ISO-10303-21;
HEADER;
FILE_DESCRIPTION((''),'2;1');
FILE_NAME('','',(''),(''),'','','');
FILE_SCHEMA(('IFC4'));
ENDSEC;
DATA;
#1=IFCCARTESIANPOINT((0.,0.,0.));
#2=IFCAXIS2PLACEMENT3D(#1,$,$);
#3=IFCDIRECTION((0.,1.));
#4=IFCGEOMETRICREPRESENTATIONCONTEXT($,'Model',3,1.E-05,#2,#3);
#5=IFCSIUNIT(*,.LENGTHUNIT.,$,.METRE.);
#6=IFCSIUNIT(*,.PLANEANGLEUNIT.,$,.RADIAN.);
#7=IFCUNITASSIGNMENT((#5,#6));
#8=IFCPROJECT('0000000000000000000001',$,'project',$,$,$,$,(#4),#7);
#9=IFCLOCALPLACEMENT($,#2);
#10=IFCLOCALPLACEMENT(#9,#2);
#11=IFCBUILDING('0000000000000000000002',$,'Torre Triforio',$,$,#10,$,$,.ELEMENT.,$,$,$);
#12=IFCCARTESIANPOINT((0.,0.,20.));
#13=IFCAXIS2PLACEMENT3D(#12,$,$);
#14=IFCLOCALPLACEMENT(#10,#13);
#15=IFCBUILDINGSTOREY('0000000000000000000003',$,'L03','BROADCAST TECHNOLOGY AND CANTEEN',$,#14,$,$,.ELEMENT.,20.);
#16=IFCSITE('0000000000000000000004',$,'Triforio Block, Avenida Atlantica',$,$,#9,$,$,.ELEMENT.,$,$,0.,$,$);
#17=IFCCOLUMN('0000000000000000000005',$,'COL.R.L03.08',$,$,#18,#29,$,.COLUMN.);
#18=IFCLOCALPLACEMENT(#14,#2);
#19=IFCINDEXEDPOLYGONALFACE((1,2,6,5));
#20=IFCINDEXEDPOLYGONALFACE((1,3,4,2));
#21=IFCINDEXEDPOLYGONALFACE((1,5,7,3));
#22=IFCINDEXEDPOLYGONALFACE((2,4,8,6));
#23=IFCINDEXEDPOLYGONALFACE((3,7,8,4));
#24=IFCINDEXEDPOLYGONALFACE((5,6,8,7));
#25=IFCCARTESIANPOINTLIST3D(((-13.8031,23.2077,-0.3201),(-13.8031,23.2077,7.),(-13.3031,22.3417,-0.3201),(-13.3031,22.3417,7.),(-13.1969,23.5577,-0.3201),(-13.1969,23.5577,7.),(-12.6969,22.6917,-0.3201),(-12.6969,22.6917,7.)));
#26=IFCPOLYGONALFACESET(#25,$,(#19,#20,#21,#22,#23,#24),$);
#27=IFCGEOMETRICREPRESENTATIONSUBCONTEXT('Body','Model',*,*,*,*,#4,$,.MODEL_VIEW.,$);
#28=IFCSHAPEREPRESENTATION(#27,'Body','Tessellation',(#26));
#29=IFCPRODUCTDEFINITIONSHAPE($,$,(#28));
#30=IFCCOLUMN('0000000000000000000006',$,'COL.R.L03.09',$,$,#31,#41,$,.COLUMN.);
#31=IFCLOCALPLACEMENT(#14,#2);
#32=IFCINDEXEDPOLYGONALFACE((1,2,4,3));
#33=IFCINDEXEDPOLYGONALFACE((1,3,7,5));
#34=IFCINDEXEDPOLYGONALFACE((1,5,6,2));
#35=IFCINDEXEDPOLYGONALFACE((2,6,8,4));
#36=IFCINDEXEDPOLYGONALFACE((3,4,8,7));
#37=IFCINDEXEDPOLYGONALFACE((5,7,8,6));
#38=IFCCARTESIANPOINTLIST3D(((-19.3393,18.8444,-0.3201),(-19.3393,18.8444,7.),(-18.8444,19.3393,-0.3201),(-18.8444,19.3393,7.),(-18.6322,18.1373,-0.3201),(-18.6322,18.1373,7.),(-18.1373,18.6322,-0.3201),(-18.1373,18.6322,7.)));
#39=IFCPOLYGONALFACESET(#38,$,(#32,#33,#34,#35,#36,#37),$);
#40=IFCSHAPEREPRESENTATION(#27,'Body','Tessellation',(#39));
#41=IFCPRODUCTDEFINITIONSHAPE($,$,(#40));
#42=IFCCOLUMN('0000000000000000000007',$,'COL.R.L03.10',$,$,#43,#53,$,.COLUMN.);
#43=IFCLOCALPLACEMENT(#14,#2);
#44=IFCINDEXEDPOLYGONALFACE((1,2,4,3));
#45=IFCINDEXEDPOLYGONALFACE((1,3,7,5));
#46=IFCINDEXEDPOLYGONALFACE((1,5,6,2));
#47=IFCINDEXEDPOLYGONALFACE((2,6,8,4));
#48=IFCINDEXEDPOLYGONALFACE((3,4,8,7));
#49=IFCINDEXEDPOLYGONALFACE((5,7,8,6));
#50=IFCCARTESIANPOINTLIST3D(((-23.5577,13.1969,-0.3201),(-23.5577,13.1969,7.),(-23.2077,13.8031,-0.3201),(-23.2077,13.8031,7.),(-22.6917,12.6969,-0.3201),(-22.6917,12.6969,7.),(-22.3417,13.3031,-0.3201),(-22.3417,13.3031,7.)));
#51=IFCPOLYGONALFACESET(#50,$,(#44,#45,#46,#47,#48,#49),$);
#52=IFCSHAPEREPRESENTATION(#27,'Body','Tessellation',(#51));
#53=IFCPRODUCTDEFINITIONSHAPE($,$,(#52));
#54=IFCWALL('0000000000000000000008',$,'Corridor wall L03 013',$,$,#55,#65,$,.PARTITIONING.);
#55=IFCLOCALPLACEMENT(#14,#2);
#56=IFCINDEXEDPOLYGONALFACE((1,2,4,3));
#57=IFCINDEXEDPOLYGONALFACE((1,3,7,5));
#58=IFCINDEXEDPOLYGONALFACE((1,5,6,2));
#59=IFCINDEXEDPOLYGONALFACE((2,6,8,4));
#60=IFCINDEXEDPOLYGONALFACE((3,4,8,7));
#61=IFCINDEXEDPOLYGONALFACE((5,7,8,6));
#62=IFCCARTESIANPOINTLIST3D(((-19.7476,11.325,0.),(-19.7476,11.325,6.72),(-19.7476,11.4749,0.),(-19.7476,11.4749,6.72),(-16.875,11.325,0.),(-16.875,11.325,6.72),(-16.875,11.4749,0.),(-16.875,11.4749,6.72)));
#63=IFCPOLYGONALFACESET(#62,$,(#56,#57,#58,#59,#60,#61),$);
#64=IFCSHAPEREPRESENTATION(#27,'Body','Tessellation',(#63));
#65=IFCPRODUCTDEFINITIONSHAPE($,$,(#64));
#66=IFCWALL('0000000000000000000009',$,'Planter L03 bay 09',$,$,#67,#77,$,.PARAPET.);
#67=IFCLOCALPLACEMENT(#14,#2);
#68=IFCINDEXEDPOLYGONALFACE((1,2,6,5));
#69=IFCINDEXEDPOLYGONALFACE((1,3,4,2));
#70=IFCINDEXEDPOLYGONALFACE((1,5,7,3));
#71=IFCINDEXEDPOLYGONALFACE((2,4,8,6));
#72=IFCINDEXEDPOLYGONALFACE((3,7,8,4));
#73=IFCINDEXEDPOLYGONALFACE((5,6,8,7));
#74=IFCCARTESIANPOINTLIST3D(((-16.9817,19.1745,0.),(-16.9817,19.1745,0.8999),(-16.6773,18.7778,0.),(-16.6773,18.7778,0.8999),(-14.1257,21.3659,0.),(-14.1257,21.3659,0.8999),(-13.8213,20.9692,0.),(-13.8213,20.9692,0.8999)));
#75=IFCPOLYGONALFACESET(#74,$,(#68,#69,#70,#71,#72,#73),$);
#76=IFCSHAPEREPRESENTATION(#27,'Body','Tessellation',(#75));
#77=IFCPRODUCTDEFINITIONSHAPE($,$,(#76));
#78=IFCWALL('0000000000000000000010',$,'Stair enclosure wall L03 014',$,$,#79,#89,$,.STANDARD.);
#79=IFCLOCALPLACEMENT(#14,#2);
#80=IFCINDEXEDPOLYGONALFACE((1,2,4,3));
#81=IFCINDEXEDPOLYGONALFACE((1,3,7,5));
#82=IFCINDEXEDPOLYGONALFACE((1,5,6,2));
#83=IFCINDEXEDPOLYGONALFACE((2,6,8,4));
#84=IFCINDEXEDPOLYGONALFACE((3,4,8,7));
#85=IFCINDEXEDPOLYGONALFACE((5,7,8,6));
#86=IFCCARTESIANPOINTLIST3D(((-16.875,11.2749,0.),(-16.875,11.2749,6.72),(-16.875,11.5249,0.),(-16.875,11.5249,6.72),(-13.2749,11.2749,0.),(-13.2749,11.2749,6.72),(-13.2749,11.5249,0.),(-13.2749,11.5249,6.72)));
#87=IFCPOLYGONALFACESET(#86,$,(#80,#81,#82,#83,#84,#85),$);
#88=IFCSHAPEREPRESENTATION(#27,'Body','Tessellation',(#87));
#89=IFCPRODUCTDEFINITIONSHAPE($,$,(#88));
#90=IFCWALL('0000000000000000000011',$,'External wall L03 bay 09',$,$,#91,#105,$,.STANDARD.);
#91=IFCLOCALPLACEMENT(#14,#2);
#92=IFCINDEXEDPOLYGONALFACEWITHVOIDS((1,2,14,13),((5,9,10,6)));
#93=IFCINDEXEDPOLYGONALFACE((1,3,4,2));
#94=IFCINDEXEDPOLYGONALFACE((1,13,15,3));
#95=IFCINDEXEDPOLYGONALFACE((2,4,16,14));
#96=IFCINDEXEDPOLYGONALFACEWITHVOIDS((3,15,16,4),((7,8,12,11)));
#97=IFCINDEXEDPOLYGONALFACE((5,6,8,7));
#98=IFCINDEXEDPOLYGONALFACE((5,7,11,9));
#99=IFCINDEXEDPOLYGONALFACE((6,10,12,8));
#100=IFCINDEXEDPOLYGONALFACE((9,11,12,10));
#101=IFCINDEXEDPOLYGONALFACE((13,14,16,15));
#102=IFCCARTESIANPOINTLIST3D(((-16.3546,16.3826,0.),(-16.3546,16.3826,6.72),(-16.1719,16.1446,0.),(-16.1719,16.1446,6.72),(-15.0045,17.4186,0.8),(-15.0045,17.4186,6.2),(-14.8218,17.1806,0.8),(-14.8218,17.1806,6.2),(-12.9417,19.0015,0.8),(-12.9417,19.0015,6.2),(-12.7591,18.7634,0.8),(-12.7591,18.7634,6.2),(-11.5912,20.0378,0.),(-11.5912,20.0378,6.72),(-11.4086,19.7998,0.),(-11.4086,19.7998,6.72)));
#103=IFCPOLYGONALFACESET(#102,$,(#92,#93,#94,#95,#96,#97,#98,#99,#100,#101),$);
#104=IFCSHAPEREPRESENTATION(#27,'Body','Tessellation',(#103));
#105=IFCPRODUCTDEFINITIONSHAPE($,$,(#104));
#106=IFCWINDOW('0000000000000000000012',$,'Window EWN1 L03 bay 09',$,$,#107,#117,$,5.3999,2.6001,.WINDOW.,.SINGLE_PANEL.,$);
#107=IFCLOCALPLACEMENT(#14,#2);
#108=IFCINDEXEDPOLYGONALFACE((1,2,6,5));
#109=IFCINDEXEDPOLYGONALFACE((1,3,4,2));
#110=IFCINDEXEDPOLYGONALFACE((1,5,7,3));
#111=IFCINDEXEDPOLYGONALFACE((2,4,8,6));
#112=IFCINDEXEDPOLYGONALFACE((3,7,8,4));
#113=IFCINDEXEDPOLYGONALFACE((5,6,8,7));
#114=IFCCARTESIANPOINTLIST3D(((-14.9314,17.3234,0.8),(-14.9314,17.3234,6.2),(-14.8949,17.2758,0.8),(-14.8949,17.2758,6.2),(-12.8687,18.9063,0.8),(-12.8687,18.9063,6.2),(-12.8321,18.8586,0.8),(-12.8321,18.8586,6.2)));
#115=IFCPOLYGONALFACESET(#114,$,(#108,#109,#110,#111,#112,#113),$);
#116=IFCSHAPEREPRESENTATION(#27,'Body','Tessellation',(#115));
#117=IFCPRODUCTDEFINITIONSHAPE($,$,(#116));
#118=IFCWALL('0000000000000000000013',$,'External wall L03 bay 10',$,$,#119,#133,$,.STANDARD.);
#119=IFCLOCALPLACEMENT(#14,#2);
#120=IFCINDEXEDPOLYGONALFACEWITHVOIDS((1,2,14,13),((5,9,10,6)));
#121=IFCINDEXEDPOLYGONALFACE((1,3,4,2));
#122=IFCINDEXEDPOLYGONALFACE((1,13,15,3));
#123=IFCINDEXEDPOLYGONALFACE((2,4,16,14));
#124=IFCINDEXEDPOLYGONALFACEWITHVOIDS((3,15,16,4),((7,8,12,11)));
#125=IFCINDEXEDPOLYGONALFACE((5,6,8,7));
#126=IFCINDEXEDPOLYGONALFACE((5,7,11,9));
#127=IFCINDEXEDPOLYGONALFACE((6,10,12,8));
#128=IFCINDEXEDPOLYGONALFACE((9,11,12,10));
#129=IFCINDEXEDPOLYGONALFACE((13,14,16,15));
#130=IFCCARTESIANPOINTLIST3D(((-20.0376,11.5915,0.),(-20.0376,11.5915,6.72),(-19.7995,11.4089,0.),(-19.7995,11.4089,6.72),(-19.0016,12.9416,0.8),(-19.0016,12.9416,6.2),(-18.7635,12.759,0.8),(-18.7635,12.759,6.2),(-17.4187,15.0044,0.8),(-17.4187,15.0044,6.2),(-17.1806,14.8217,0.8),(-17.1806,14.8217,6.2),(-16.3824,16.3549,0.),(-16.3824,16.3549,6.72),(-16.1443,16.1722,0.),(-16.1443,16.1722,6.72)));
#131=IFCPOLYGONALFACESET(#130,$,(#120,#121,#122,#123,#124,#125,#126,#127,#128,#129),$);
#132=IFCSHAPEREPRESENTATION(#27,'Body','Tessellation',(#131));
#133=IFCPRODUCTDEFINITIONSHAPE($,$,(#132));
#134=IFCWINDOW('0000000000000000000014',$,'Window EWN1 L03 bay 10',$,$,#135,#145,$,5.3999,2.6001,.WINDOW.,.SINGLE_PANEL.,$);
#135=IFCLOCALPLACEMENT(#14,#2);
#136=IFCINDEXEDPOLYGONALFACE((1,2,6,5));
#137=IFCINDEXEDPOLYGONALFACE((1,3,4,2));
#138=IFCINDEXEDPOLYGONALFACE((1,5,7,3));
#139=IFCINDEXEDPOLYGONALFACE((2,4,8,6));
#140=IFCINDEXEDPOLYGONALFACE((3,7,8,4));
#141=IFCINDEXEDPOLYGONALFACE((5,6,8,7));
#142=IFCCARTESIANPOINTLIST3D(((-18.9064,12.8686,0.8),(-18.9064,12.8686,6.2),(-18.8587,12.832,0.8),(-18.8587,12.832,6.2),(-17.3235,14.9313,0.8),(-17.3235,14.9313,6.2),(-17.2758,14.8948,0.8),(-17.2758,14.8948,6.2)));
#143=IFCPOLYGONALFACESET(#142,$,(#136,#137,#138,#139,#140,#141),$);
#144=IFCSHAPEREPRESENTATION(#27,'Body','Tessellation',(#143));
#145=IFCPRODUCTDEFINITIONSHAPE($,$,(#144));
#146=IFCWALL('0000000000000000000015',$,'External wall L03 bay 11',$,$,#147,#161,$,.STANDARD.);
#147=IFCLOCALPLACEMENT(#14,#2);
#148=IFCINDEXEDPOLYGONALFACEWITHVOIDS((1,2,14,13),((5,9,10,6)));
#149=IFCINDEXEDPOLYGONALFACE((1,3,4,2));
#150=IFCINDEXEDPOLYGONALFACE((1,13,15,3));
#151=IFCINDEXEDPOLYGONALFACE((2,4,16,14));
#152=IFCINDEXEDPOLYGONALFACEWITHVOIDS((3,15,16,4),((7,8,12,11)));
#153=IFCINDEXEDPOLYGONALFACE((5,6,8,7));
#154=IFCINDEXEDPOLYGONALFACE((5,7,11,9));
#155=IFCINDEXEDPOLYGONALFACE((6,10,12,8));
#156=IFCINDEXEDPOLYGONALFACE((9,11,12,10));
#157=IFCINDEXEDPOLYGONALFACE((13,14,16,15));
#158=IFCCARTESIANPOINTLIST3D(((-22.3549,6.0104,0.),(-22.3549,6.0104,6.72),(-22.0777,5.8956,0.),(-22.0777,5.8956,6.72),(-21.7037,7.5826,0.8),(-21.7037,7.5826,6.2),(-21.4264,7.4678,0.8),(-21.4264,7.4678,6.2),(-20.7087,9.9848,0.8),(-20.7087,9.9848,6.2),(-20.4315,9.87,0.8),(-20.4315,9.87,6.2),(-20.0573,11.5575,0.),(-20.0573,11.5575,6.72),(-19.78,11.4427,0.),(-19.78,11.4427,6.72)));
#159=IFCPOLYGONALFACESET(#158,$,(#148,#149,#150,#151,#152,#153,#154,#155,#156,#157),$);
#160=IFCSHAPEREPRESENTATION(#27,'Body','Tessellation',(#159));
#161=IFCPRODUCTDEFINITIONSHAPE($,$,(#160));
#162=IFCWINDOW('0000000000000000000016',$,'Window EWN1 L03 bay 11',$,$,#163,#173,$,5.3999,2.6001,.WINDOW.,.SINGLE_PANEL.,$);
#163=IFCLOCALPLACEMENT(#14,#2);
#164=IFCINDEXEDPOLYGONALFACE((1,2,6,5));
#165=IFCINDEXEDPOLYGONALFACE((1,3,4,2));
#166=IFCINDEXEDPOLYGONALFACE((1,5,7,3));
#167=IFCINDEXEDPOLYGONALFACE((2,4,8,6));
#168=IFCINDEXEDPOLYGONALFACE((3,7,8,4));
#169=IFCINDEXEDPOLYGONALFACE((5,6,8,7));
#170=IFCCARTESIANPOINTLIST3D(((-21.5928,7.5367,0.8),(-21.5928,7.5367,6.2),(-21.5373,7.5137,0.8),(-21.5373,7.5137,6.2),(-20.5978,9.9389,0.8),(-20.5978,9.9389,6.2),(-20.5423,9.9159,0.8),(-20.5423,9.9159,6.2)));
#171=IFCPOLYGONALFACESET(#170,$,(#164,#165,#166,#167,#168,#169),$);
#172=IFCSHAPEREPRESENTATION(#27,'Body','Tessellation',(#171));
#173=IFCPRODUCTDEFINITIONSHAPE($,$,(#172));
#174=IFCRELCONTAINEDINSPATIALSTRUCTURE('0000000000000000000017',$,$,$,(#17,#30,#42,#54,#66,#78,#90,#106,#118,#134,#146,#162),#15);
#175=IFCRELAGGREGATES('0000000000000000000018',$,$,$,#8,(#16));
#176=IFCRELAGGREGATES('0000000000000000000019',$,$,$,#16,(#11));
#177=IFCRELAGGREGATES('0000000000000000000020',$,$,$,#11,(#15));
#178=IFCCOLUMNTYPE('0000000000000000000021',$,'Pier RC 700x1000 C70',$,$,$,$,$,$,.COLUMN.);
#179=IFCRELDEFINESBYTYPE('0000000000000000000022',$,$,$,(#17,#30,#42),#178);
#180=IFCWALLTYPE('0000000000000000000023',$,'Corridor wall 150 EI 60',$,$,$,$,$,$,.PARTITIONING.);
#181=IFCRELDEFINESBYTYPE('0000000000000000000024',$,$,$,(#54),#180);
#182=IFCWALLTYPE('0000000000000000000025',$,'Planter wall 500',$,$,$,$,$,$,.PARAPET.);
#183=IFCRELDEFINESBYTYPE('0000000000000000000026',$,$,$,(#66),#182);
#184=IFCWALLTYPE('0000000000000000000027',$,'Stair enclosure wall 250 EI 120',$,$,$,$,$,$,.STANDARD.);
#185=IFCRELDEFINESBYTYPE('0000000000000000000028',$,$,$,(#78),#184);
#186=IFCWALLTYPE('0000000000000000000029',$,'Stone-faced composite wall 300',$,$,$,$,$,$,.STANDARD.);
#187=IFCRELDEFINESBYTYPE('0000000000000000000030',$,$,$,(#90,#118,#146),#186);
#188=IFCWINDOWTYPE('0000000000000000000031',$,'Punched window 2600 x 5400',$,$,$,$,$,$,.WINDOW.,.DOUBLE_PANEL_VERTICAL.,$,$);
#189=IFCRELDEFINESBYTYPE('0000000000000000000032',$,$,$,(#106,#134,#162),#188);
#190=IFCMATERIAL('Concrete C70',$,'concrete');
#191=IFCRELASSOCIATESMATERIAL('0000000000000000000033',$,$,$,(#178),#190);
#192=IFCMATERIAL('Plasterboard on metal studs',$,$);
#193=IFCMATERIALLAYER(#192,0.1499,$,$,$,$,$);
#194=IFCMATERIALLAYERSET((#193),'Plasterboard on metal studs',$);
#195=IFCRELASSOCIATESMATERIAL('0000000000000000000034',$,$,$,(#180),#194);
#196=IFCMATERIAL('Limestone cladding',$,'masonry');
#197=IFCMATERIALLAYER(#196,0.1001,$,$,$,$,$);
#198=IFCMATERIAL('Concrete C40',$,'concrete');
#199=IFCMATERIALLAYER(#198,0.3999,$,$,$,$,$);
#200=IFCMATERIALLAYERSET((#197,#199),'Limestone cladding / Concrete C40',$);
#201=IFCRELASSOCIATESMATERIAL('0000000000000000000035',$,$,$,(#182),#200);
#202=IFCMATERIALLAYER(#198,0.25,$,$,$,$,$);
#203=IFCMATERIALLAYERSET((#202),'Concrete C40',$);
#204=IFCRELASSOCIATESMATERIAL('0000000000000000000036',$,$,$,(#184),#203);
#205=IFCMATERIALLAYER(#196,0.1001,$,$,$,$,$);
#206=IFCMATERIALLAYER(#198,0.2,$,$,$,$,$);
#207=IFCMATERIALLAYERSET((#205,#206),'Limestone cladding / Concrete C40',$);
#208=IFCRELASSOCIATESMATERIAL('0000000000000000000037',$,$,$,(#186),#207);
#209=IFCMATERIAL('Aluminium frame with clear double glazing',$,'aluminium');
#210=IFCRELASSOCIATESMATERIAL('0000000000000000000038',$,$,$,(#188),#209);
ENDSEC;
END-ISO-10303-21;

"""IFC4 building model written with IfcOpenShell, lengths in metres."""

from ifc_helpers import new_model, si_unit, direction, frame, frame_2d, origin, origin_2d, place, context, subcontext, project, spatial, rectangle, extrude, material, layer, layer_set, material_profile, profile_set, type_object, element, fill, save


model = new_model("IFC4")

# Units and contexts
model_context = context("Model", 3, precision=1e-05, world=origin(), true_north=direction((0.0, 1.0)))
body_context = subcontext(model_context, "Body", "Model", "MODEL_VIEW")
ifc_project = project(units=[si_unit("LENGTHUNIT", "METRE"), si_unit("PLANEANGLEUNIT", "RADIAN")], contexts=[model_context])

# Site, building, storey
site_placement = place(None, origin())
site = spatial("IfcSite", under=ifc_project, at=site_placement, Name="Triforio Block, Avenida Atlantica", CompositionType="ELEMENT", RefElevation=0.0)
building_placement = place(site_placement, origin())
building = spatial("IfcBuilding", under=site, at=building_placement, Name="Torre Triforio", CompositionType="ELEMENT")
storey_placement = place(building_placement, frame((0.0, 0.0, 20.0)))
storey = spatial("IfcBuildingStorey", under=building, at=storey_placement, Name="L03", Description="BROADCAST TECHNOLOGY AND CANTEEN", CompositionType="ELEMENT", Elevation=20.0)

# Columns
ifc_material_1 = material(Name="Concrete C70", Category="concrete")
ifc_material_profile_1 = material_profile(ifc_material_1, rectangle(XDim=0.7, YDim=1.0, at=origin_2d()), Name="RC 700x1000")
ifc_profile_set_1 = profile_set([ifc_material_profile_1], Name="Concrete C70")
column_type = type_object("IfcColumnType", Name="Pier RC 700x1000 C70", PredefinedType="COLUMN", material=ifc_profile_set_1)
for number, where, z_axis, x_axis, name in (
    (1, (-13.25, 22.9497, -0.3201), (0.0, 0.0, 1.0), (-0.866025, -0.5, 0.0), "COL.R.L03.08"),
    (2, (-18.7383, 18.7383, -0.3201), (0.0, 0.0, 1.0), (-0.707107, -0.707107, 0.0), "COL.R.L03.09"),
    (3, (-22.9497, 13.25, -0.3201), (0.0, 0.0, 1.0), (-0.5, -0.866025, 0.0), "COL.R.L03.10"),
):
    element("IfcColumn", number, at=place(storey_placement, frame(where, z_axis=z_axis, x_axis=x_axis)), inside=storey, type_object=column_type, Name=name, PredefinedType="COLUMN", context=body_context, shape_type="SweptSolid", body=[
        extrude(rectangle(XDim=0.7, YDim=1.0, at=origin_2d()), origin(), (0.0, 0.0, 1.0), 7.3201),
    ])

# Walls
ifc_material_2 = material(Name="Plasterboard on metal studs")
ifc_layer_1 = layer(ifc_material_2, 0.1499)
ifc_layer_set_1 = layer_set([ifc_layer_1], Name="Plasterboard on metal studs")
wall_type_1 = type_object("IfcWallType", Name="Corridor wall 150 EI 60", PredefinedType="PARTITIONING", material=ifc_layer_set_1)
wall_1_placement = place(storey_placement, frame((-19.7476, 11.3999, 0.0), z_axis=(0.0, 0.0, 1.0), x_axis=(1.0, 0.0, 0.0)))
element("IfcWall", 4, at=wall_1_placement, inside=storey, type_object=wall_type_1, Name="Corridor wall L03 013", PredefinedType="PARTITIONING", context=body_context, shape_type="SweptSolid", body=[
    extrude(rectangle(XDim=2.8726, YDim=0.1499, at=frame_2d((1.4363, 0.0))), origin(), (0.0, 0.0, 1.0), 6.72),
])
ifc_material_3 = material(Name="Limestone cladding", Category="masonry")
ifc_layer_2 = layer(ifc_material_3, 0.1001)
ifc_material_4 = material(Name="Concrete C40", Category="concrete")
ifc_layer_3 = layer(ifc_material_4, 0.3999)
ifc_layer_set_2 = layer_set([ifc_layer_2, ifc_layer_3], Name="Limestone cladding / Concrete C40")
wall_type_2 = type_object("IfcWallType", Name="Planter wall 500", PredefinedType="PARAPET", material=ifc_layer_set_2)
wall_2_placement = place(storey_placement, frame((-13.9736, 21.1675, 0.0), z_axis=(0.0, 0.0, 1.0), x_axis=(-0.79336, -0.608753, 0.0)))
element("IfcWall", 5, at=wall_2_placement, inside=storey, type_object=wall_type_2, Name="Planter L03 bay 09", PredefinedType="PARAPET", context=body_context, shape_type="SweptSolid", body=[
    extrude(rectangle(XDim=3.5999, YDim=0.5, at=frame_2d((1.7998, 0.0))), origin(), (0.0, 0.0, 1.0), 0.8999),
])
ifc_layer_4 = layer(ifc_material_4, 0.25)
ifc_layer_set_3 = layer_set([ifc_layer_4], Name="Concrete C40")
wall_type_3 = type_object("IfcWallType", Name="Stair enclosure wall 250 EI 120", PredefinedType="STANDARD", material=ifc_layer_set_3)
wall_3_placement = place(storey_placement, frame((-16.875, 11.3999, 0.0), z_axis=(0.0, 0.0, 1.0), x_axis=(1.0, 0.0, 0.0)))
element("IfcWall", 6, at=wall_3_placement, inside=storey, type_object=wall_type_3, Name="Stair enclosure wall L03 014", PredefinedType="STANDARD", context=body_context, shape_type="SweptSolid", body=[
    extrude(rectangle(XDim=3.6001, YDim=0.25, at=frame_2d((1.8, 0.0))), origin(), (0.0, 0.0, 1.0), 6.72),
])

# Walls, openings, windows
ifc_layer_5 = layer(ifc_material_3, 0.1001)
ifc_layer_6 = layer(ifc_material_4, 0.2)
ifc_layer_set_4 = layer_set([ifc_layer_5, ifc_layer_6], Name="Limestone cladding / Concrete C40")
wall_type_4 = type_object("IfcWallType", Name="Stone-faced composite wall 300", PredefinedType="STANDARD", material=ifc_layer_set_4)
wall_4_placement = place(storey_placement, frame((-11.5, 19.9187, 0.0), z_axis=(0.0, 0.0, 1.0), x_axis=(-0.79334, -0.608779, 0.0)))
wall_4 = element("IfcWall", 7, at=wall_4_placement, inside=storey, type_object=wall_type_4, Name="External wall L03 bay 09", PredefinedType="STANDARD", context=body_context, shape_type="SweptSolid", body=[
    extrude(rectangle(XDim=6.0042, YDim=0.3, at=frame_2d((3.002, 0.0))), origin(), (0.0, 0.0, 1.0), 6.72),
])
opening_1_placement = place(wall_4_placement, frame((1.7021, 0.0, 0.8)))
opening_1 = element("IfcOpeningElement", 8, at=opening_1_placement, cuts=wall_4, PredefinedType="OPENING", context=body_context, shape_type="SweptSolid", body=[
    extrude(rectangle(XDim=2.6001, YDim=5.3999, at=frame_2d((1.3, 2.7))), frame((0.0, 0.1599, 0.0), z_axis=(0.0, -1.0, 0.0), x_axis=(1.0, 0.0, 0.0)), (0.0, 0.0, 1.0), 0.3201),
])
ifc_material_5 = material(Name="Aluminium frame with clear double glazing", Category="aluminium")
window_type = type_object("IfcWindowType", Name="Punched window 2600 x 5400", PartitioningType="DOUBLE_PANEL_VERTICAL", PredefinedType="WINDOW", material=ifc_material_5)
window_1_placement = place(opening_1_placement, origin())
window_1 = element("IfcWindow", 9, at=window_1_placement, inside=storey, type_object=window_type, Name="Window EWN1 L03 bay 09", OverallHeight=5.3999, OverallWidth=2.6001, PartitioningType="SINGLE_PANEL", PredefinedType="WINDOW", context=body_context, shape_type="SweptSolid", body=[
    extrude(rectangle(XDim=2.6001, YDim=5.3999, at=frame_2d((1.3, 2.7))), frame((0.0, 0.03, 0.0), z_axis=(0.0, -1.0, 0.0), x_axis=(1.0, 0.0, 0.0)), (0.0, 0.0, 1.0), 0.0601),
])
fill(opening_1, window_1)
wall_5_placement = place(storey_placement, frame((-16.2634, 16.2634, 0.0), z_axis=(0.0, 0.0, 1.0), x_axis=(-0.608779, -0.79334, 0.0)))
wall_5 = element("IfcWall", 10, at=wall_5_placement, inside=storey, type_object=wall_type_4, Name="External wall L03 bay 10", PredefinedType="STANDARD", context=body_context, shape_type="SweptSolid", body=[
    extrude(rectangle(XDim=6.0042, YDim=0.3, at=frame_2d((3.002, 0.0))), origin(), (0.0, 0.0, 1.0), 6.72),
])
opening_2_placement = place(wall_5_placement, frame((1.7021, 0.0, 0.8)))
opening_2 = element("IfcOpeningElement", 11, at=opening_2_placement, cuts=wall_5, PredefinedType="OPENING", context=body_context, shape_type="SweptSolid", body=[
    extrude(rectangle(XDim=2.6001, YDim=5.3999, at=frame_2d((1.3, 2.7))), frame((0.0, 0.1599, 0.0), z_axis=(0.0, -1.0, 0.0), x_axis=(1.0, 0.0, 0.0)), (0.0, 0.0, 1.0), 0.3201),
])
window_2_placement = place(opening_2_placement, origin())
window_2 = element("IfcWindow", 12, at=window_2_placement, inside=storey, type_object=window_type, Name="Window EWN1 L03 bay 10", OverallHeight=5.3999, OverallWidth=2.6001, PartitioningType="SINGLE_PANEL", PredefinedType="WINDOW", context=body_context, shape_type="SweptSolid", body=[
    extrude(rectangle(XDim=2.6001, YDim=5.3999, at=frame_2d((1.3, 2.7))), frame((0.0, 0.03, 0.0), z_axis=(0.0, -1.0, 0.0), x_axis=(1.0, 0.0, 0.0)), (0.0, 0.0, 1.0), 0.0601),
])
fill(opening_2, window_2)
wall_6_placement = place(storey_placement, frame((-19.9187, 11.5, 0.0), z_axis=(0.0, 0.0, 1.0), x_axis=(-0.382671, -0.923885, 0.0)))
wall_6 = element("IfcWall", 13, at=wall_6_placement, inside=storey, type_object=wall_type_4, Name="External wall L03 bay 11", PredefinedType="STANDARD", context=body_context, shape_type="SweptSolid", body=[
    extrude(rectangle(XDim=6.0042, YDim=0.3, at=frame_2d((3.002, 0.0))), origin(), (0.0, 0.0, 1.0), 6.72),
])
opening_3_placement = place(wall_6_placement, frame((1.7021, 0.0, 0.8)))
opening_3 = element("IfcOpeningElement", 14, at=opening_3_placement, cuts=wall_6, PredefinedType="OPENING", context=body_context, shape_type="SweptSolid", body=[
    extrude(rectangle(XDim=2.6001, YDim=5.3999, at=frame_2d((1.3, 2.7))), frame((0.0, 0.1599, 0.0), z_axis=(0.0, -1.0, 0.0), x_axis=(1.0, 0.0, 0.0)), (0.0, 0.0, 1.0), 0.3201),
])
window_3_placement = place(opening_3_placement, origin())
window_3 = element("IfcWindow", 15, at=window_3_placement, inside=storey, type_object=window_type, Name="Window EWN1 L03 bay 11", OverallHeight=5.3999, OverallWidth=2.6001, PartitioningType="SINGLE_PANEL", PredefinedType="WINDOW", context=body_context, shape_type="SweptSolid", body=[
    extrude(rectangle(XDim=2.6001, YDim=5.3999, at=frame_2d((1.3, 2.7))), frame((0.0, 0.03, 0.0), z_axis=(0.0, -1.0, 0.0), x_axis=(1.0, 0.0, 0.0)), (0.0, 0.0, 1.0), 0.0601),
])
fill(opening_3, window_3)

save(model, "model.ifc")
